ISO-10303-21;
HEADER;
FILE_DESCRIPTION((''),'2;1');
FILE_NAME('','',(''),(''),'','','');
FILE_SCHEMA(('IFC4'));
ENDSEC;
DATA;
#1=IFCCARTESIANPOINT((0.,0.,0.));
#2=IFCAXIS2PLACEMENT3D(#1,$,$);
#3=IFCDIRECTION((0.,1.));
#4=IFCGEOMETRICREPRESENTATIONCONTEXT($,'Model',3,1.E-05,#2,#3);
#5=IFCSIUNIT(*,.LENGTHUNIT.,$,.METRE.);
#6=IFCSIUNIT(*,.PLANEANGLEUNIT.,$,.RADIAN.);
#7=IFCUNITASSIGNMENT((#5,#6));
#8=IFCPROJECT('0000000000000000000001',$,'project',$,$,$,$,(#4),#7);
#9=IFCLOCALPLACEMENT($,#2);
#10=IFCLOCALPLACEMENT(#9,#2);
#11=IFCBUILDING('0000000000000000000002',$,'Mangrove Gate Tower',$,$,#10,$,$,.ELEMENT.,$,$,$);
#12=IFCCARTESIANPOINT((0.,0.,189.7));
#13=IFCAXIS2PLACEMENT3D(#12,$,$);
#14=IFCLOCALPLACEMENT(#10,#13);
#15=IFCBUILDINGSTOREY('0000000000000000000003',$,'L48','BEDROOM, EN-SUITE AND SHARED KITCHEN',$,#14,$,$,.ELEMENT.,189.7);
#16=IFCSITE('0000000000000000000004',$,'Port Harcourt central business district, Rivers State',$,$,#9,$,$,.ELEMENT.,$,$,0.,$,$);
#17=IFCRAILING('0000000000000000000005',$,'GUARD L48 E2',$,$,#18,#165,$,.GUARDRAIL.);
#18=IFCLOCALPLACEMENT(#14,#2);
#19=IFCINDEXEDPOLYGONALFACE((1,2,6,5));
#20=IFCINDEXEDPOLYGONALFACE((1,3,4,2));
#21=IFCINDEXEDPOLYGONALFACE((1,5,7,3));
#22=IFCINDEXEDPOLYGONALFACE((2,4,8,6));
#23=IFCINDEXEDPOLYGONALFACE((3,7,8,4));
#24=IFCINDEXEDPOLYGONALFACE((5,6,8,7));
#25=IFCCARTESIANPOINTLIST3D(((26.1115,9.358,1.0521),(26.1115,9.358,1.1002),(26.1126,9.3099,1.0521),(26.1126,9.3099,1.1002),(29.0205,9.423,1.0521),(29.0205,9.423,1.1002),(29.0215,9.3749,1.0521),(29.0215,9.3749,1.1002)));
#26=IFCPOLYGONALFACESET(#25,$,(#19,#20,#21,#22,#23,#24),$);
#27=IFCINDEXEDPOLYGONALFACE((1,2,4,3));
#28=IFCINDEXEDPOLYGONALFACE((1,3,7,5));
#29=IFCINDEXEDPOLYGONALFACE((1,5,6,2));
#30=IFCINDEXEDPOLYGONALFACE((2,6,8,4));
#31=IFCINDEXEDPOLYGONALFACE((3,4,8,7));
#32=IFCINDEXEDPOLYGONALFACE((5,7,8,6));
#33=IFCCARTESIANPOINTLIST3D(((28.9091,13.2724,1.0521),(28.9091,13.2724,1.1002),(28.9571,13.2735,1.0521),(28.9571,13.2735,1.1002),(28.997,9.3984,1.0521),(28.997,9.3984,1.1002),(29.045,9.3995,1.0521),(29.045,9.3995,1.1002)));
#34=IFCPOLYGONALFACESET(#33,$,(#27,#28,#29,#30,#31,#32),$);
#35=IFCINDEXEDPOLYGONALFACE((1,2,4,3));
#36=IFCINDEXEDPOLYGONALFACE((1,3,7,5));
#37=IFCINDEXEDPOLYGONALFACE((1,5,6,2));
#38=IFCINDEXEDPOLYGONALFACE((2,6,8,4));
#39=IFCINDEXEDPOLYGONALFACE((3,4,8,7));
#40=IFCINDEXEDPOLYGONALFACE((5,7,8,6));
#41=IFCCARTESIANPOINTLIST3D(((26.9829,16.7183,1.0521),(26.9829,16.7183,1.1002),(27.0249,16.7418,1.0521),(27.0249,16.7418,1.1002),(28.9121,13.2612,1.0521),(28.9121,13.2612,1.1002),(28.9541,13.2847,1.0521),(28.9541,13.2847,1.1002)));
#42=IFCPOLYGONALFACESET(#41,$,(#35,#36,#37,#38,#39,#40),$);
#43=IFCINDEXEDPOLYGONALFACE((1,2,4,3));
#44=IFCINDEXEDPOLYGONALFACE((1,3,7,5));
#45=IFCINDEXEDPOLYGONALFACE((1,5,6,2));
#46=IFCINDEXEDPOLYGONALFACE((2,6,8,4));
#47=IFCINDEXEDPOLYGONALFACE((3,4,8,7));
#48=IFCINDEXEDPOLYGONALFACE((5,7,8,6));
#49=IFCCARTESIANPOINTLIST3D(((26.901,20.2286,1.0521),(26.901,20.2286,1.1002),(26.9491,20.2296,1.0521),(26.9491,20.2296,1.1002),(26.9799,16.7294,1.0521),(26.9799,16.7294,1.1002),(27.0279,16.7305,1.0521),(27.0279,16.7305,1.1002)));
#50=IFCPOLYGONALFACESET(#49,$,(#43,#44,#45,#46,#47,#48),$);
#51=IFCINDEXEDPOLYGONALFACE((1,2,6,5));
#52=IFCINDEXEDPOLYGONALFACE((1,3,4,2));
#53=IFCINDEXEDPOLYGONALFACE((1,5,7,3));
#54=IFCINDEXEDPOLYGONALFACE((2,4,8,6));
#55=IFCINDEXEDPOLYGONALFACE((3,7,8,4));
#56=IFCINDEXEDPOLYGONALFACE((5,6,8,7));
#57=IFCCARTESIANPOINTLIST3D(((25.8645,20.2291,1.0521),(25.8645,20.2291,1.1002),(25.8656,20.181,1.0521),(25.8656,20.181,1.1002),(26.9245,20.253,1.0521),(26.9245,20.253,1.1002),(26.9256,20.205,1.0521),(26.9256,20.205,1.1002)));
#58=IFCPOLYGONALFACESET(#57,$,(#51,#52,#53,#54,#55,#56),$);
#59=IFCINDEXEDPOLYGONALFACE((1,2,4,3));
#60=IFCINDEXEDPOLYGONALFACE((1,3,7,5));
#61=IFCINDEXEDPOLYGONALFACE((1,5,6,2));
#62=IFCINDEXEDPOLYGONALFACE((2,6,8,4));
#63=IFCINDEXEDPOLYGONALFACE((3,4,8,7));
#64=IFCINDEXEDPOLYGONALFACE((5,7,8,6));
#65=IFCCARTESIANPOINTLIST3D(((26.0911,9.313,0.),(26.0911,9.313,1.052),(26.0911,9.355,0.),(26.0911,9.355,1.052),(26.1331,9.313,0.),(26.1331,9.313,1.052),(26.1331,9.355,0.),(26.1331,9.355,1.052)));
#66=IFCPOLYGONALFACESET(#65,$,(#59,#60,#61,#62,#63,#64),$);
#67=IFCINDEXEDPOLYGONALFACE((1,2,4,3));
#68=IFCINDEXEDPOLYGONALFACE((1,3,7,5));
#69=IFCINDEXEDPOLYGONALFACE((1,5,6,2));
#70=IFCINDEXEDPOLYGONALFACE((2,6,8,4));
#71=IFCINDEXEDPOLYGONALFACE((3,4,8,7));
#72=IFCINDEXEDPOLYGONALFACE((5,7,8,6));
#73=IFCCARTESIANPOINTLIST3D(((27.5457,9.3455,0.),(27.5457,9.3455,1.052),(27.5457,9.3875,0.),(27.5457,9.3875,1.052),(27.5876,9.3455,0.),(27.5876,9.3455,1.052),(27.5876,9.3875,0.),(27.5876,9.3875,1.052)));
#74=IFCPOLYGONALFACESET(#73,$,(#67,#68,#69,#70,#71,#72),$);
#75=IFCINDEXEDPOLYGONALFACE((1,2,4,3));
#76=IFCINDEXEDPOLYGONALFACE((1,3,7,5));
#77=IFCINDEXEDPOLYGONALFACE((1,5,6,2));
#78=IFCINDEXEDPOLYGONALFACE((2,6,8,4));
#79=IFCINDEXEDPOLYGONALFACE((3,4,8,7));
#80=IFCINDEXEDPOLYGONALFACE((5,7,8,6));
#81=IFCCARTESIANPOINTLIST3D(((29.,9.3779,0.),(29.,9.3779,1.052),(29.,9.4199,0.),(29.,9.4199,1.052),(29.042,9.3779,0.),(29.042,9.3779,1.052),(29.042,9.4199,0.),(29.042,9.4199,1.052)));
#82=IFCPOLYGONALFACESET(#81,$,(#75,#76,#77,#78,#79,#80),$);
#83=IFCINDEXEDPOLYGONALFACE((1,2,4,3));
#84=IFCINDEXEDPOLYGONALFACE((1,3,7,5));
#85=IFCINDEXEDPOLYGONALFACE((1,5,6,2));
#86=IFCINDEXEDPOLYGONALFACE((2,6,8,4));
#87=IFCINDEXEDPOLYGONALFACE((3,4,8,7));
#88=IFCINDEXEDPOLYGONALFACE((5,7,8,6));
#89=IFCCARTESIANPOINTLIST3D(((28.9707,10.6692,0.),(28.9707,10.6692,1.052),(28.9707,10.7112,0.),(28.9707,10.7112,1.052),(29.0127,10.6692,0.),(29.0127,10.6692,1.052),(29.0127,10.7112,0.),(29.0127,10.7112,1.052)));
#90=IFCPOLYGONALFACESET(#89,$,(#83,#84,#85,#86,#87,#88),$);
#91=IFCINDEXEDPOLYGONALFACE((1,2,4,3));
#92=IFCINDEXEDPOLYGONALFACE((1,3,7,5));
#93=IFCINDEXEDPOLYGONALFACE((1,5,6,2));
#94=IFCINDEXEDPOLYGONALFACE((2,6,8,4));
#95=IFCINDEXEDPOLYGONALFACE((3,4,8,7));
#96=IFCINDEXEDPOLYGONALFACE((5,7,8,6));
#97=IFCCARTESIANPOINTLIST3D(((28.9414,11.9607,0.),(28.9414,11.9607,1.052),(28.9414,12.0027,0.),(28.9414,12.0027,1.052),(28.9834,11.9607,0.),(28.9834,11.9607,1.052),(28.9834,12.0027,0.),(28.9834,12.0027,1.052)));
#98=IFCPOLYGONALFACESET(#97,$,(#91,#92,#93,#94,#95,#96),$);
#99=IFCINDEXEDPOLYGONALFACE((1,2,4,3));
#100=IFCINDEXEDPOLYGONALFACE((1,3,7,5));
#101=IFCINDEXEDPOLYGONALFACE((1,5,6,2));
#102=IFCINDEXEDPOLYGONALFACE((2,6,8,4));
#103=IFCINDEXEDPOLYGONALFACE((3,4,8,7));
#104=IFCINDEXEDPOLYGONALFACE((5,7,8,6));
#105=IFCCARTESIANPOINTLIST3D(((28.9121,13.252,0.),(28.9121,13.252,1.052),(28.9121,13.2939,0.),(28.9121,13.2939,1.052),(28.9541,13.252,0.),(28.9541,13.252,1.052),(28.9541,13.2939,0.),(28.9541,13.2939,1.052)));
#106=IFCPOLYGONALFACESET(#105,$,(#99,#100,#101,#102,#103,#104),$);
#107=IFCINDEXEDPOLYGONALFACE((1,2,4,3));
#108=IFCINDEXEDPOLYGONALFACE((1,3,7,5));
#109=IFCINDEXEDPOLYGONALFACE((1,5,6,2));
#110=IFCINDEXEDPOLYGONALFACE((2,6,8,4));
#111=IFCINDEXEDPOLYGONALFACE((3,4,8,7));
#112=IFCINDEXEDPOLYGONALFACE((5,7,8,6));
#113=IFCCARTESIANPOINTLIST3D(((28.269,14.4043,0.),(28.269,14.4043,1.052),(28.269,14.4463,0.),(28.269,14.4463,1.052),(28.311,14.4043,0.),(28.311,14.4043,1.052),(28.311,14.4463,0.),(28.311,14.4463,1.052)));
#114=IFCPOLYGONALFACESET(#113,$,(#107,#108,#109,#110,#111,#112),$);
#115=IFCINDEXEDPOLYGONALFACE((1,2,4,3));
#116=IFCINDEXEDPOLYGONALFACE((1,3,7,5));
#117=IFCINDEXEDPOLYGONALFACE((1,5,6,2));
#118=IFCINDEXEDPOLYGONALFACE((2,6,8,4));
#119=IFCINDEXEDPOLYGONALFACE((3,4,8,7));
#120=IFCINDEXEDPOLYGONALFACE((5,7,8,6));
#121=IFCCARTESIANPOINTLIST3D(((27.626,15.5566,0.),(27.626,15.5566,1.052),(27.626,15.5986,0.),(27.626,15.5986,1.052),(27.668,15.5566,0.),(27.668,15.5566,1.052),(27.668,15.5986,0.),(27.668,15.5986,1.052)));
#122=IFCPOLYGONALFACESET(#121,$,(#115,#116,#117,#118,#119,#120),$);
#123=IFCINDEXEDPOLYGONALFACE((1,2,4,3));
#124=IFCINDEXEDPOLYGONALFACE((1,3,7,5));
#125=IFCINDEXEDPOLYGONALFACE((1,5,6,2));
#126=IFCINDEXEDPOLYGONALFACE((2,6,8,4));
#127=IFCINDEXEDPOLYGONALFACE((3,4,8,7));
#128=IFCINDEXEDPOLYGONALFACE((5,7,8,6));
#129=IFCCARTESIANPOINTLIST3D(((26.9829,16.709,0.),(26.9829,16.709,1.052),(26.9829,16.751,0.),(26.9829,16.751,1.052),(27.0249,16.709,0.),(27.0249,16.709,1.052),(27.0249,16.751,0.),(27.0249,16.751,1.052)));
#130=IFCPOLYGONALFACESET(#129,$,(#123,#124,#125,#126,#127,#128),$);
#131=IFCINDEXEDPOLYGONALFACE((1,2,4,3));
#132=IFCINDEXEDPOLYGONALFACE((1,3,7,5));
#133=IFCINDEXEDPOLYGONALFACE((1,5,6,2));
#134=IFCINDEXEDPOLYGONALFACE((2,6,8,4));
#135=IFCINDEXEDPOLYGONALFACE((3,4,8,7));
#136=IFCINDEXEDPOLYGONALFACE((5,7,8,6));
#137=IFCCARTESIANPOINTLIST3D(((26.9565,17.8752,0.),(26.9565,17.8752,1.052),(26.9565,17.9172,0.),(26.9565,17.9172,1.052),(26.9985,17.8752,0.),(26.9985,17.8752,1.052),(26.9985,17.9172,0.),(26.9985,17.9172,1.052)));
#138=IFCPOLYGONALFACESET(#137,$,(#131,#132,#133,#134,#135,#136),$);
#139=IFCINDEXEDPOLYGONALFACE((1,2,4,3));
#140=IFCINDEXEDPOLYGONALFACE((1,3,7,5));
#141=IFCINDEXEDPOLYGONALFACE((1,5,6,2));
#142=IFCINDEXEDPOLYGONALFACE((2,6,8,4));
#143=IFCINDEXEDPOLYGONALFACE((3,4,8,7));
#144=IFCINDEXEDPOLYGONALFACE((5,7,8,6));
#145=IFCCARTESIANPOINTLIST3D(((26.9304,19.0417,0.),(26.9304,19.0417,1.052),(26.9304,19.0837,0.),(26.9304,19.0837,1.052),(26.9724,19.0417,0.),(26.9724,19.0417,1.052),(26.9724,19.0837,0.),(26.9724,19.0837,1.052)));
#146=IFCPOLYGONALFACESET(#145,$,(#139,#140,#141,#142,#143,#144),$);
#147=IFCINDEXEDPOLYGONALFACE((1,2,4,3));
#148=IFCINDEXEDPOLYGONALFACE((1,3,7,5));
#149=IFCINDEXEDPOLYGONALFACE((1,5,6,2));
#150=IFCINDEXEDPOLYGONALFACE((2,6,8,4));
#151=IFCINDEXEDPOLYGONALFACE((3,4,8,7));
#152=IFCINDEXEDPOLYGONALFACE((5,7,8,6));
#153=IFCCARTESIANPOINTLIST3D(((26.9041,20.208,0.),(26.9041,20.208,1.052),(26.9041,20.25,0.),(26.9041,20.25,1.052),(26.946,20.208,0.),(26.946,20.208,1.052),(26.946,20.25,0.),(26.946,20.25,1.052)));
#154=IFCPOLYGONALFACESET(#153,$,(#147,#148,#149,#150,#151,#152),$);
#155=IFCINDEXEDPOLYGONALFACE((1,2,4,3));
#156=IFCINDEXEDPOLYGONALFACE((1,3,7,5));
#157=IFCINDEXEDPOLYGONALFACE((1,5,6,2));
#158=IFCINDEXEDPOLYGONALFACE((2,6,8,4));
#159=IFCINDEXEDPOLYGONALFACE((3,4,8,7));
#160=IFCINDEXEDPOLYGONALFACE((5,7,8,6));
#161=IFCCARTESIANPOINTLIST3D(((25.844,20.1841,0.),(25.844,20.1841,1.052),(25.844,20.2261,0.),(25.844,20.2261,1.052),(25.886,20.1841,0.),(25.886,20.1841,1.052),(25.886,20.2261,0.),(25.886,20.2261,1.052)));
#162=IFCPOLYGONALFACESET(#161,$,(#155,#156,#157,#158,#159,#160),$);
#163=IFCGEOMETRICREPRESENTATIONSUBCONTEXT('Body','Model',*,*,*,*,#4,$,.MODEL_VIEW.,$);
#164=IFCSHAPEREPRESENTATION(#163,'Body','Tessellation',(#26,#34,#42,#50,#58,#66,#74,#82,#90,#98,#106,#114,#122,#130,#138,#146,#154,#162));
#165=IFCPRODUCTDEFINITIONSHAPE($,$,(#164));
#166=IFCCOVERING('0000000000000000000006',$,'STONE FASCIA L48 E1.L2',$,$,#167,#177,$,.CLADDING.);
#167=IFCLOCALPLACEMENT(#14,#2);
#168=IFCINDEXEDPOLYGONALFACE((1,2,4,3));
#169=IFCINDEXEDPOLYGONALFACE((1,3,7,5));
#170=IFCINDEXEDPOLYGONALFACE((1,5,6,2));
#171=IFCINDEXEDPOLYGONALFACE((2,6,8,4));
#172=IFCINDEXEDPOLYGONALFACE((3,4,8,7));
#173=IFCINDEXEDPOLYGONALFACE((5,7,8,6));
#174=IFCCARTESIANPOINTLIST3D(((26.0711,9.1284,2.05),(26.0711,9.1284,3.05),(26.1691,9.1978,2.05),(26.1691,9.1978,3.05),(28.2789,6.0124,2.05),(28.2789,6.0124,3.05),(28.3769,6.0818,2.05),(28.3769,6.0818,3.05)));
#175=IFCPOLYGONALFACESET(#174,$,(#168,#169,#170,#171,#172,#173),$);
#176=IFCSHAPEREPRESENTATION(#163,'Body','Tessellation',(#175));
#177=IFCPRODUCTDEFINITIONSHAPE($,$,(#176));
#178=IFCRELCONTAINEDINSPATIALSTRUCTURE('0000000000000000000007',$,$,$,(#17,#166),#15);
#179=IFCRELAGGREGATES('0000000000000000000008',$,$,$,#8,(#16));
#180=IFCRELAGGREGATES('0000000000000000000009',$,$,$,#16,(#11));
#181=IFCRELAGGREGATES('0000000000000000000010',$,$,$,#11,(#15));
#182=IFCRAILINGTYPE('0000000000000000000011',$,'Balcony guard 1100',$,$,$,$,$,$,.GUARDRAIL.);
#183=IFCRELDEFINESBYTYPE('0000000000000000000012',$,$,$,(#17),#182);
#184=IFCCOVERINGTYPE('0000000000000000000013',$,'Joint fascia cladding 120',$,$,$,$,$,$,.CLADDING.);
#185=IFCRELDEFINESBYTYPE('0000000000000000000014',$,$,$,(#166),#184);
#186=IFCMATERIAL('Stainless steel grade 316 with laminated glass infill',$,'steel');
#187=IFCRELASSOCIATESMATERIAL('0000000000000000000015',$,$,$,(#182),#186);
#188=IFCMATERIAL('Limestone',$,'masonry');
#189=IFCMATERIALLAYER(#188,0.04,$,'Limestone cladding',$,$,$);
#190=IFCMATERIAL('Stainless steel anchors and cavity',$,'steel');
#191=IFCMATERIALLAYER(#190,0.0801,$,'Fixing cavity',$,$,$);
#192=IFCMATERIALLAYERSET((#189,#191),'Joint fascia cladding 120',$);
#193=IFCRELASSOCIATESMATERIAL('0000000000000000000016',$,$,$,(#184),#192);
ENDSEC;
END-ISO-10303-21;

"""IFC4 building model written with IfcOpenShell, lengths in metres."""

from ifc_helpers import new_model, si_unit, direction, frame, frame_2d, origin, origin_2d, place, context, subcontext, project, spatial, rectangle, extrude, material, layer, layer_set, type_object, element, save


model = new_model("IFC4")

# Units and contexts
model_context = context("Model", 3, precision=1e-05, world=origin(), true_north=direction((0.0, 1.0)))
body_context = subcontext(model_context, "Body", "Model", "MODEL_VIEW")
ifc_project = project(units=[si_unit("LENGTHUNIT", "METRE"), si_unit("PLANEANGLEUNIT", "RADIAN")], contexts=[model_context])

# Site, building, storey
site_placement = place(None, origin())
site = spatial("IfcSite", under=ifc_project, at=site_placement, Name="Port Harcourt central business district, Rivers State", CompositionType="ELEMENT", RefElevation=0.0)
building_placement = place(site_placement, origin())
building = spatial("IfcBuilding", under=site, at=building_placement, Name="Mangrove Gate Tower", CompositionType="ELEMENT")
storey_placement = place(building_placement, frame((0.0, 0.0, 189.7)))
storey = spatial("IfcBuildingStorey", under=building, at=storey_placement, Name="L48", Description="BEDROOM, EN-SUITE AND SHARED KITCHEN", CompositionType="ELEMENT", Elevation=189.7)

# Shared definitions
ifc_material_1 = material(Name="Limestone", Category="masonry")

# Railing
ifc_material_2 = material(Name="Stainless steel grade 316 with laminated glass infill", Category="steel")
railing_type = type_object("IfcRailingType", Name="Balcony guard 1100", PredefinedType="GUARDRAIL", material=ifc_material_2)
railing_placement = place(storey_placement, frame((26.1121, 9.334, 0.0)))
element("IfcRailing", 1, at=railing_placement, inside=storey, type_object=railing_type, Name="GUARD L48 E2", PredefinedType="GUARDRAIL", context=body_context, shape_type="SweptSolid", body=[
    extrude(rectangle(XDim=0.0481, YDim=0.0481, at=origin_2d()), frame((0.0, 0.0, 1.0762), z_axis=(0.999751, 0.022319, 0.0), x_axis=(-0.022319, 0.999751, 0.0)), (0.0, 0.0, 1.0), 2.9097),
    extrude(rectangle(XDim=0.0481, YDim=0.0481, at=origin_2d()), frame((2.9089, 0.0649, 1.0762), z_axis=(-0.022681, 0.999743, 0.0), x_axis=(-0.999743, -0.022681, 0.0)), (0.0, 0.0, 1.0), 3.875),
    extrude(rectangle(XDim=0.0481, YDim=0.0481, at=origin_2d()), frame((2.821, 3.939, 1.0762), z_axis=(-0.487307, 0.873231, 0.0), x_axis=(-0.873231, -0.487307, 0.0)), (0.0, 0.0, 1.0), 3.959),
    extrude(rectangle(XDim=0.0481, YDim=0.0481, at=origin_2d()), frame((0.8918, 7.396, 1.0762), z_axis=(-0.022531, 0.999746, 0.0), x_axis=(-0.999746, -0.022531, 0.0)), (0.0, 0.0, 1.0), 3.5),
    extrude(rectangle(XDim=0.0481, YDim=0.0481, at=origin_2d()), frame((0.813, 10.895, 1.0762), z_axis=(-0.999745, -0.022564, 0.0), x_axis=(0.022564, -0.999745, 0.0)), (0.0, 0.0, 1.0), 1.0603),
    extrude(rectangle(XDim=0.042, YDim=0.042, at=origin_2d()), origin(), (0.0, 0.0, 1.0), 1.052),
    extrude(rectangle(XDim=0.042, YDim=0.042, at=origin_2d()), frame((1.4546, 0.0325, 0.0)), (0.0, 0.0, 1.0), 1.052),
    extrude(rectangle(XDim=0.042, YDim=0.042, at=origin_2d()), frame((2.9089, 0.0649, 0.0)), (0.0, 0.0, 1.0), 1.052),
    extrude(rectangle(XDim=0.042, YDim=0.042, at=origin_2d()), frame((2.8796, 1.3562, 0.0)), (0.0, 0.0, 1.0), 1.052),
    extrude(rectangle(XDim=0.042, YDim=0.042, at=origin_2d()), frame((2.8503, 2.6477, 0.0)), (0.0, 0.0, 1.0), 1.052),
    extrude(rectangle(XDim=0.042, YDim=0.042, at=origin_2d()), frame((2.821, 3.939, 0.0)), (0.0, 0.0, 1.0), 1.052),
    extrude(rectangle(XDim=0.042, YDim=0.042, at=origin_2d()), frame((2.178, 5.0913, 0.0)), (0.0, 0.0, 1.0), 1.052),
    extrude(rectangle(XDim=0.042, YDim=0.042, at=origin_2d()), frame((1.5349, 6.2437, 0.0)), (0.0, 0.0, 1.0), 1.052),
    extrude(rectangle(XDim=0.042, YDim=0.042, at=origin_2d()), frame((0.8918, 7.396, 0.0)), (0.0, 0.0, 1.0), 1.052),
    extrude(rectangle(XDim=0.042, YDim=0.042, at=origin_2d()), frame((0.8655, 8.5623, 0.0)), (0.0, 0.0, 1.0), 1.052),
    extrude(rectangle(XDim=0.042, YDim=0.042, at=origin_2d()), frame((0.8394, 9.7288, 0.0)), (0.0, 0.0, 1.0), 1.052),
    extrude(rectangle(XDim=0.042, YDim=0.042, at=origin_2d()), frame((0.813, 10.895, 0.0)), (0.0, 0.0, 1.0), 1.052),
    extrude(rectangle(XDim=0.042, YDim=0.042, at=origin_2d()), frame((-0.2471, 10.8711, 0.0)), (0.0, 0.0, 1.0), 1.052),
])

# Covering
ifc_layer_1 = layer(ifc_material_1, 0.04, Name="Limestone cladding")
ifc_material_3 = material(Name="Stainless steel anchors and cavity", Category="steel")
ifc_layer_2 = layer(ifc_material_3, 0.0801, Name="Fixing cavity")
ifc_layer_set_1 = layer_set([ifc_layer_1, ifc_layer_2], Name="Joint fascia cladding 120")
covering_type = type_object("IfcCoveringType", Name="Joint fascia cladding 120", PredefinedType="CLADDING", material=ifc_layer_set_1)
covering_placement = place(storey_placement, frame((28.3279, 6.0471, 2.05), z_axis=(0.0, 0.0, 1.0), x_axis=(-0.578126, 0.815948, 0.0)))
element("IfcCovering", 2, at=covering_placement, inside=storey, type_object=covering_type, Name="STONE FASCIA L48 E1.L2", PredefinedType="CLADDING", context=body_context, shape_type="SweptSolid", body=[
    extrude(rectangle(XDim=3.8188, YDim=0.1201, at=frame_2d((1.9094, 0.0))), origin(), (0.0, 0.0, 1.0), 1.0),
])

save(model, "model.ifc")
